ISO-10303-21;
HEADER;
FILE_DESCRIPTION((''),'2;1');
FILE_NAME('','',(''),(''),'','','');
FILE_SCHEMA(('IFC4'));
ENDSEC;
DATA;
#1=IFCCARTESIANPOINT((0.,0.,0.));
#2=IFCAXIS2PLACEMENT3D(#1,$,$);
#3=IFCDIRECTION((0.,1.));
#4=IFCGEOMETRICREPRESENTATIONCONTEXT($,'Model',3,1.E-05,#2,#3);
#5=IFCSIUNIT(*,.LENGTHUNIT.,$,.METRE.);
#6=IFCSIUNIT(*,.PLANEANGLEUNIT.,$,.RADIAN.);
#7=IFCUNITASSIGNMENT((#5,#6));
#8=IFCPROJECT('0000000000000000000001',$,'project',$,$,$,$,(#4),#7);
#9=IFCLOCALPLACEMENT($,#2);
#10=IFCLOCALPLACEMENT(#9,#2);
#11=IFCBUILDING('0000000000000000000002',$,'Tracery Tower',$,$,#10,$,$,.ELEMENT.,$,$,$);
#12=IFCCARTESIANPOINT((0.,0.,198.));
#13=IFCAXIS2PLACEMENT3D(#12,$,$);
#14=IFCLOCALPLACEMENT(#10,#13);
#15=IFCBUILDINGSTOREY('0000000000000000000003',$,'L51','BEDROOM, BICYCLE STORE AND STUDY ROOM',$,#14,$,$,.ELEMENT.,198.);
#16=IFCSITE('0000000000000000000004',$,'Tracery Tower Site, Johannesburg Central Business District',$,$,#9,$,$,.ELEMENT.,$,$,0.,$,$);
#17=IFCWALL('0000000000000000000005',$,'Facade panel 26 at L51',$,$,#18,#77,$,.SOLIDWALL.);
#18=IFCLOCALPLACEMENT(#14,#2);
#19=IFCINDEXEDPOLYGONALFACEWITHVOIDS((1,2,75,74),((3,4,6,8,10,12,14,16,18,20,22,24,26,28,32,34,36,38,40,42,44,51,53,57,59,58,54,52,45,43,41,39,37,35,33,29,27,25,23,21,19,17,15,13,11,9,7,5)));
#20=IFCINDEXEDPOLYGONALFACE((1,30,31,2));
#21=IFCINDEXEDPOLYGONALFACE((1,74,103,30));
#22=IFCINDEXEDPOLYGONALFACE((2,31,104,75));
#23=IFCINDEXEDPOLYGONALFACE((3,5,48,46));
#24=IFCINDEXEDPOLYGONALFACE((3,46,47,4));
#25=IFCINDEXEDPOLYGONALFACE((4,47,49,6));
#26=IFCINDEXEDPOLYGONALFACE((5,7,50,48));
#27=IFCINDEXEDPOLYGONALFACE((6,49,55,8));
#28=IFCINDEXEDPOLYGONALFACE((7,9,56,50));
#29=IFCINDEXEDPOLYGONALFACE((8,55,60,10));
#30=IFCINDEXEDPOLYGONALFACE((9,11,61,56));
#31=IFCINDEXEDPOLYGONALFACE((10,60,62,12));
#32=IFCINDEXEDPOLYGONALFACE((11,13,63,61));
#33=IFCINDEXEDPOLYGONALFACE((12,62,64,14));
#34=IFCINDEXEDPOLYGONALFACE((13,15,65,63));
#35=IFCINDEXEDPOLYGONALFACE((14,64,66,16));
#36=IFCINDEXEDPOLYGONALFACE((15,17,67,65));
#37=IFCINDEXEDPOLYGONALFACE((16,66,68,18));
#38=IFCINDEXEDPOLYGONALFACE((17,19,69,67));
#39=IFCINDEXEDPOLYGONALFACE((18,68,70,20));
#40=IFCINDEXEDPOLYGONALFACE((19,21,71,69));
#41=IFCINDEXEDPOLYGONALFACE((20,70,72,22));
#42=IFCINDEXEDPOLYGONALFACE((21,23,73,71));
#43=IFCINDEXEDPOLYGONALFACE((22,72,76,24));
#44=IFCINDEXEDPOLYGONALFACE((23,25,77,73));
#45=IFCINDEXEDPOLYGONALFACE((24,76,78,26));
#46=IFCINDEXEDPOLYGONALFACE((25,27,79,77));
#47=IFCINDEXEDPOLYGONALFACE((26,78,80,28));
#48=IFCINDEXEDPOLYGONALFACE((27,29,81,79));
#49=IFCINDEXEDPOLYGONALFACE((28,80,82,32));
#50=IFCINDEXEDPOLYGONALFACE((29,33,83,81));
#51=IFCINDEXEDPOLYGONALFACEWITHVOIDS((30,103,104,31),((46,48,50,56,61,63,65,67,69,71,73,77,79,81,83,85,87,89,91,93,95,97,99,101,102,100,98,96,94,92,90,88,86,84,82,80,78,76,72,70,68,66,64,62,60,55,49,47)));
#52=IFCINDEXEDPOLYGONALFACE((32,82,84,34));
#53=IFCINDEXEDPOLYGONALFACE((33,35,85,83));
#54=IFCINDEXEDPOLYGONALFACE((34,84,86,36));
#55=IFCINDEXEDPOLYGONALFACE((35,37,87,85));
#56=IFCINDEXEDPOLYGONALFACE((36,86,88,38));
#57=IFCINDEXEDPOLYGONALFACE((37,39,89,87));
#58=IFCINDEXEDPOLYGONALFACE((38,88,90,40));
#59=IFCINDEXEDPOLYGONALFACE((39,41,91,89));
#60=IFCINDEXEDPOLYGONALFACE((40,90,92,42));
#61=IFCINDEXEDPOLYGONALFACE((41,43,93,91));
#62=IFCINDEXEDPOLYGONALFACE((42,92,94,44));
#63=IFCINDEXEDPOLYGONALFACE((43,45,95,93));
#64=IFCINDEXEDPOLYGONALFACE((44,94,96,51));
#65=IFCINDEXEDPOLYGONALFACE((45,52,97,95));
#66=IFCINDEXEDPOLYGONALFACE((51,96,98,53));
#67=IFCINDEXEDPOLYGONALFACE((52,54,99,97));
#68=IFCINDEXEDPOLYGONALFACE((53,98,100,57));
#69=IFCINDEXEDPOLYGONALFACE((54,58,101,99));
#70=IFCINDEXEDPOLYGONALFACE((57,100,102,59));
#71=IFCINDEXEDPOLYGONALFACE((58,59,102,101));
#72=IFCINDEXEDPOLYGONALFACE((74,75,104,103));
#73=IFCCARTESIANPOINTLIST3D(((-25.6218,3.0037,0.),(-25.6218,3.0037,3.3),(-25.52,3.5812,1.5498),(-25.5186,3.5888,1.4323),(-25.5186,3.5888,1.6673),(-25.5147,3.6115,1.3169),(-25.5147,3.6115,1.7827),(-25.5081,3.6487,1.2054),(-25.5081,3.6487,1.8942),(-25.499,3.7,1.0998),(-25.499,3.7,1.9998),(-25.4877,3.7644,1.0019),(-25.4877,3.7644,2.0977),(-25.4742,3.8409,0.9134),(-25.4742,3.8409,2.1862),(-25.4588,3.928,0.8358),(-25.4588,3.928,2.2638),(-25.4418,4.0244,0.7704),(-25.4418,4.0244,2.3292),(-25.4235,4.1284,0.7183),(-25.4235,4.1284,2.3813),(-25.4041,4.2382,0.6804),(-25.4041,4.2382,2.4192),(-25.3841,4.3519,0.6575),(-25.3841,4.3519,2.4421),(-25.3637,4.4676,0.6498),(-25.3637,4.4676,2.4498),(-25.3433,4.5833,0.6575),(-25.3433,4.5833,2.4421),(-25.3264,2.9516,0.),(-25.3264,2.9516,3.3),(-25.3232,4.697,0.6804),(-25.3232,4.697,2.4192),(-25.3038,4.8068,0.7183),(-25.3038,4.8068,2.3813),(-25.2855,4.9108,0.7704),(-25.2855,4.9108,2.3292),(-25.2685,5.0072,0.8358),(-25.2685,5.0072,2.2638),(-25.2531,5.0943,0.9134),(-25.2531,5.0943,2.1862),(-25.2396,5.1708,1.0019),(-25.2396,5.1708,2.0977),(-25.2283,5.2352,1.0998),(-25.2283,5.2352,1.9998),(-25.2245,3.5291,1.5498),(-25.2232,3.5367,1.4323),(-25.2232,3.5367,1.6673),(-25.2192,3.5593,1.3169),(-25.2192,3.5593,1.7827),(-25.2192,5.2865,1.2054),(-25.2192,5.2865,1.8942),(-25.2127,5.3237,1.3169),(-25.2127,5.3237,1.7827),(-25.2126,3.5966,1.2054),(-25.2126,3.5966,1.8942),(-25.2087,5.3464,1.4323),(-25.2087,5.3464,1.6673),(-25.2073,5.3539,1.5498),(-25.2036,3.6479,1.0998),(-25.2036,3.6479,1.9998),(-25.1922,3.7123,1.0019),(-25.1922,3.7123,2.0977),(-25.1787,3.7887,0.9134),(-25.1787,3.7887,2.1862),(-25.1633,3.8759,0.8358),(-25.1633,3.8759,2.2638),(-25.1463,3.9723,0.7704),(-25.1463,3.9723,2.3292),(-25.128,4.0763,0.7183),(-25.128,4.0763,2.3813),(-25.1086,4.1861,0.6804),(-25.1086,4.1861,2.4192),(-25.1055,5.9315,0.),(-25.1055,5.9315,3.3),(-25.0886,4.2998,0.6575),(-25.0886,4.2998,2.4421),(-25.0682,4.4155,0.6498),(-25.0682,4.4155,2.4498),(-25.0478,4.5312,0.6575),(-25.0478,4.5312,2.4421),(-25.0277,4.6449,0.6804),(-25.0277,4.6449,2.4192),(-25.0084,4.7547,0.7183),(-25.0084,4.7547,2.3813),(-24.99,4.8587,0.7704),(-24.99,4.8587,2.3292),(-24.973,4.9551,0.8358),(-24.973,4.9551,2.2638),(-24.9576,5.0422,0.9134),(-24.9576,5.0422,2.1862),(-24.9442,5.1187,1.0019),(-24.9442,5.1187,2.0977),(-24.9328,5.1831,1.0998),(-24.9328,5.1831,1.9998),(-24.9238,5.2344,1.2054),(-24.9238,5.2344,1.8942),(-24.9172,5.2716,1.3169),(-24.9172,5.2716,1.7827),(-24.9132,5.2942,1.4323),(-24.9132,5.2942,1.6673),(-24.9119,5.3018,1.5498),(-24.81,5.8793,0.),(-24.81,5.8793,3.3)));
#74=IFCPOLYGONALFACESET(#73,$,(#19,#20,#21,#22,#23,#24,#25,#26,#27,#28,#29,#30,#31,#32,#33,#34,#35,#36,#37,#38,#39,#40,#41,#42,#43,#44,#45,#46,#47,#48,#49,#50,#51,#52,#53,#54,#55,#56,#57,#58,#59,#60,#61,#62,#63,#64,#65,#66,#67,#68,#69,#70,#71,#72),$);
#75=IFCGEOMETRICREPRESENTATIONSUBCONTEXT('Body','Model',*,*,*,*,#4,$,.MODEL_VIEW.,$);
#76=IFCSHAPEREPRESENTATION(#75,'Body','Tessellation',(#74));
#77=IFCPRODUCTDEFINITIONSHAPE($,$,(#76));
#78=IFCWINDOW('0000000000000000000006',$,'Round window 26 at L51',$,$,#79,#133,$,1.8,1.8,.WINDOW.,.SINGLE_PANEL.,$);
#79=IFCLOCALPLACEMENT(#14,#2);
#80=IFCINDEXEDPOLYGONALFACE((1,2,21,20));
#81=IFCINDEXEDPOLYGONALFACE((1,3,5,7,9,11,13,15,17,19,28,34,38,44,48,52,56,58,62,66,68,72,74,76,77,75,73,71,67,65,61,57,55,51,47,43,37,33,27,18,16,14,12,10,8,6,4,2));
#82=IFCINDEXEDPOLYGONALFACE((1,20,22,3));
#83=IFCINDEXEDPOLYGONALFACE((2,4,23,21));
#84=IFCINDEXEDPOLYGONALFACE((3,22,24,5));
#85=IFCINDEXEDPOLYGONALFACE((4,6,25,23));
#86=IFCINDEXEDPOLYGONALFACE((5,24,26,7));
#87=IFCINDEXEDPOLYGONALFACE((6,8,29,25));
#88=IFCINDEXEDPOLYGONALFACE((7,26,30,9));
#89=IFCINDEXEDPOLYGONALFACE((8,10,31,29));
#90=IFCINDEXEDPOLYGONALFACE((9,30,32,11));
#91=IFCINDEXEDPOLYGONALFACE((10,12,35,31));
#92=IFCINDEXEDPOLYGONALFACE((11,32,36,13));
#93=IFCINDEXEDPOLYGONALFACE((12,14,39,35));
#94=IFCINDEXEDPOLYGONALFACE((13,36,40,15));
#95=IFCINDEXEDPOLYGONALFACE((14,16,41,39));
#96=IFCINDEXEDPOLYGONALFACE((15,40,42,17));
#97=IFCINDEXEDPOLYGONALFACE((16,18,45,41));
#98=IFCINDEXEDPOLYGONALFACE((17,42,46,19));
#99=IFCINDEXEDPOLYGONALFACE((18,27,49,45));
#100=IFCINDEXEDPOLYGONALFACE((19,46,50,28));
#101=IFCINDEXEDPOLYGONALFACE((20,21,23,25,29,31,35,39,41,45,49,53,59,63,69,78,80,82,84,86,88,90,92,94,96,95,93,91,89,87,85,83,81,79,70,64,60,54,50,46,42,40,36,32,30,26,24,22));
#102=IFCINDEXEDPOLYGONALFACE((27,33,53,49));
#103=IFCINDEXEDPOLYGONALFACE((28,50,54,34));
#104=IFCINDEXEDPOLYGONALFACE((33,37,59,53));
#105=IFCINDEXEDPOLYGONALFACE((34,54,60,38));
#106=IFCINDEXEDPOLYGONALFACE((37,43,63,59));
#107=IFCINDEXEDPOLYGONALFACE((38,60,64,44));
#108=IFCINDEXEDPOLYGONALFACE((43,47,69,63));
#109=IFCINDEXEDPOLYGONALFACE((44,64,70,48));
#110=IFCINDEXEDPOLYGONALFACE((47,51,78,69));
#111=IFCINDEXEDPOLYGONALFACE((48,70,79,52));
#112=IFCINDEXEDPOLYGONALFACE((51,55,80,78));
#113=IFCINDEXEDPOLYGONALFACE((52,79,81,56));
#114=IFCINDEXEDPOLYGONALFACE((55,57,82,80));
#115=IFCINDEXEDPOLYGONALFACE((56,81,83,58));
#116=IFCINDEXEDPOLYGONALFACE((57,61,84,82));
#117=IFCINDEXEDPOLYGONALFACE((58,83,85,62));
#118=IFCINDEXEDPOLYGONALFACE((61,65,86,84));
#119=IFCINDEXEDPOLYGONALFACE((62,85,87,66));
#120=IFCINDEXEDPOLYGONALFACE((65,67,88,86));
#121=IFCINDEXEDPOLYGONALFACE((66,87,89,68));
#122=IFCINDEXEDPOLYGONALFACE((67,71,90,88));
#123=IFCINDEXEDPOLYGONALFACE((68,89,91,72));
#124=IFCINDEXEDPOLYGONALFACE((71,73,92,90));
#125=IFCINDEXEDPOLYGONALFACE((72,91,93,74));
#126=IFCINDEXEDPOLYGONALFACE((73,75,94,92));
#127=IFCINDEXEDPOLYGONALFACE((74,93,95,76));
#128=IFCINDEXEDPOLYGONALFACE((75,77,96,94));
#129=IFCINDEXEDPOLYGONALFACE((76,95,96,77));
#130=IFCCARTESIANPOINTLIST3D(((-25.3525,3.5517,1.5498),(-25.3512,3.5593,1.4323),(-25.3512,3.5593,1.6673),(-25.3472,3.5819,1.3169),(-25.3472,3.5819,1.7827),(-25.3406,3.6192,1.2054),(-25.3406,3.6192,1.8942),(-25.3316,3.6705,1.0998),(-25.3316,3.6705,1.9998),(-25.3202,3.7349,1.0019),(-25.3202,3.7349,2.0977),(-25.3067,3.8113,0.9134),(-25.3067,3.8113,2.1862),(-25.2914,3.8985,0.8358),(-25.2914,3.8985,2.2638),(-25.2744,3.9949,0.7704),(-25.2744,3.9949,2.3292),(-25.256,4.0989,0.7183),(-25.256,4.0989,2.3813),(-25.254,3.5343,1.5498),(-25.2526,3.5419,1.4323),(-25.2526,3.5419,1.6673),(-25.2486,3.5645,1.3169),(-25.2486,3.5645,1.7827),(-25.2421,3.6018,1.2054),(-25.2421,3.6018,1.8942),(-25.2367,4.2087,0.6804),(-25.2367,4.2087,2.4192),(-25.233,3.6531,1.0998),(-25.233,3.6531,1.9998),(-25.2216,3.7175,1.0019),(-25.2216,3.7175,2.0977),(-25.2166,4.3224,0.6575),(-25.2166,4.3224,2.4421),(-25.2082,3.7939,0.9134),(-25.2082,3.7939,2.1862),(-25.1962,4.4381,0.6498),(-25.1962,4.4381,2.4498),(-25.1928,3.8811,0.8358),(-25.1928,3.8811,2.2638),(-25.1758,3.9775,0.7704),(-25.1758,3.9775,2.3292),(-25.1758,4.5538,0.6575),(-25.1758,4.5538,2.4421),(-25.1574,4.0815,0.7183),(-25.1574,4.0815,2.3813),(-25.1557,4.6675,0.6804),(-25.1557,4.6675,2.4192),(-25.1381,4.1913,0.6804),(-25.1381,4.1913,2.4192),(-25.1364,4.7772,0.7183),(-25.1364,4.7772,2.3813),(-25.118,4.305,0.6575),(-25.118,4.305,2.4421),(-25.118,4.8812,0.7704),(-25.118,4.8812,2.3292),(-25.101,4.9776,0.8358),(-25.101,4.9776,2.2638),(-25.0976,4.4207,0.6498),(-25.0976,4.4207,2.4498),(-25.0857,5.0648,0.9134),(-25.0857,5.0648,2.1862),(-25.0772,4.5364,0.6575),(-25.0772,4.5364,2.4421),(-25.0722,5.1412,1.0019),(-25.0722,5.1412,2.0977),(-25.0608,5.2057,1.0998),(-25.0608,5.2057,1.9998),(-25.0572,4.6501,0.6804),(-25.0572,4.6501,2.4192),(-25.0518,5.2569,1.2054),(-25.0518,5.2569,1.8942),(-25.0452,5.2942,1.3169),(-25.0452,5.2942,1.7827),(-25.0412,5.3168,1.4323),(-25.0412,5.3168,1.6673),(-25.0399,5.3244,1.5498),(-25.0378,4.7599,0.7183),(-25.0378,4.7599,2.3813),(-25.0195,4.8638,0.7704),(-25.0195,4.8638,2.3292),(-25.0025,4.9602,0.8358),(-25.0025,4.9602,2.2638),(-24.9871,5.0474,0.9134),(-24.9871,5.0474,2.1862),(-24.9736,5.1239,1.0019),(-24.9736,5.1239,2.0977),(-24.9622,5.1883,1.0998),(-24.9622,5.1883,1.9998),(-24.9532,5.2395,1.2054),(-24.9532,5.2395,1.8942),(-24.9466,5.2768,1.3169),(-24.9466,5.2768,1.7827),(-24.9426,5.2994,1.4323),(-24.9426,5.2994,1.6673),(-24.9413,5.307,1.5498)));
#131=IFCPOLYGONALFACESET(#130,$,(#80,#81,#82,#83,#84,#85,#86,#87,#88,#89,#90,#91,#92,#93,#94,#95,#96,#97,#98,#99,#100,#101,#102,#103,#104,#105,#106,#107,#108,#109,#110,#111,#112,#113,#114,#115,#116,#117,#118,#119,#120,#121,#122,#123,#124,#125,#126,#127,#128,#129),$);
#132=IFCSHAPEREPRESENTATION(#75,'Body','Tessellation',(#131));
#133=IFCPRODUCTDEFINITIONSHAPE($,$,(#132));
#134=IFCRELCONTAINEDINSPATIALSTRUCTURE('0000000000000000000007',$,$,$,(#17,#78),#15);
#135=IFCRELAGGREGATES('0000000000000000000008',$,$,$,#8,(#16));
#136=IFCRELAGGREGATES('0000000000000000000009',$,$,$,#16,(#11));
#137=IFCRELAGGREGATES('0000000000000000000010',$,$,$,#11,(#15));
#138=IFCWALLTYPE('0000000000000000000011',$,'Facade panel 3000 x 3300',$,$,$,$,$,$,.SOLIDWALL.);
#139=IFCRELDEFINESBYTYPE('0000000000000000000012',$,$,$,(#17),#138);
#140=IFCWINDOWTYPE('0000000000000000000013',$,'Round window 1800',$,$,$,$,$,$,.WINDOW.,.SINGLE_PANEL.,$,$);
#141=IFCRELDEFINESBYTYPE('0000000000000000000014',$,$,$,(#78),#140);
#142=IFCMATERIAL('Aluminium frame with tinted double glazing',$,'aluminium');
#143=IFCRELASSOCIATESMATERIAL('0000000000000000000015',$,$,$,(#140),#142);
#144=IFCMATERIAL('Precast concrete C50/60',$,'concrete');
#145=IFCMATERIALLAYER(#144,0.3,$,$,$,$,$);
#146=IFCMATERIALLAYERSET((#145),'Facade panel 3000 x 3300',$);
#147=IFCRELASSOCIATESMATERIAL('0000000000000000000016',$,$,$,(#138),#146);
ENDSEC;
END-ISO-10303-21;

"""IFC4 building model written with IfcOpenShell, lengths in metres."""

from ifc_helpers import new_model, si_unit, direction, frame, frame_2d, origin, origin_2d, place, context, subcontext, project, spatial, rectangle, circle, extrude, material, layer, layer_set, type_object, element, fill, save


model = new_model("IFC4")

# Units and contexts
model_context = context("Model", 3, precision=1e-05, world=origin(), true_north=direction((0.0, 1.0)))
body_context = subcontext(model_context, "Body", "Model", "MODEL_VIEW")
ifc_project = project(units=[si_unit("LENGTHUNIT", "METRE"), si_unit("PLANEANGLEUNIT", "RADIAN")], contexts=[model_context])

# Site, building, storey
site_placement = place(None, origin())
site = spatial("IfcSite", under=ifc_project, at=site_placement, Name="Tracery Tower Site, Johannesburg Central Business District", CompositionType="ELEMENT", RefElevation=0.0)
building_placement = place(site_placement, origin())
building = spatial("IfcBuilding", under=site, at=building_placement, Name="Tracery Tower", CompositionType="ELEMENT")
storey_placement = place(building_placement, frame((0.0, 0.0, 198.0)))
storey = spatial("IfcBuildingStorey", under=building, at=storey_placement, Name="L51", Description="BEDROOM, BICYCLE STORE AND STUDY ROOM", CompositionType="ELEMENT", Elevation=198.0)

# Wall, opening, window
ifc_material_1 = material(Name="Aluminium frame with tinted double glazing", Category="aluminium")
window_type = type_object("IfcWindowType", Name="Round window 1800", PartitioningType="SINGLE_PANEL", PredefinedType="WINDOW", material=ifc_material_1)
ifc_material_2 = material(Name="Precast concrete C50/60", Category="concrete")
ifc_layer_1 = layer(ifc_material_2, 0.3)
ifc_layer_set_1 = layer_set([ifc_layer_1], Name="Facade panel 3000 x 3300")
wall_type_1 = type_object("IfcWallType", Name="Facade panel 3000 x 3300", PredefinedType="SOLIDWALL", material=ifc_layer_set_1)
wall_1_placement = place(storey_placement, frame((-24.9578, 5.9053, 0.0), z_axis=(0.0, 0.0, 1.0), x_axis=(-0.173687, -0.984801, 0.0)))
wall_1 = element("IfcWall", 1, at=wall_1_placement, inside=storey, type_object=wall_type_1, Name="Facade panel 26 at L51", PredefinedType="SOLIDWALL", context=body_context, shape_type="SweptSolid", body=[
    extrude(rectangle(XDim=2.9729, YDim=0.3, at=frame_2d((1.4863, 0.0))), origin(), (0.0, 0.0, 1.0), 3.3),
])
opening_1_placement = place(wall_1_placement, frame((1.4863, 0.0, 1.5498)))
opening_1 = element("IfcOpeningElement", 2, at=opening_1_placement, cuts=wall_1, PredefinedType="OPENING", context=body_context, shape_type="SweptSolid", body=[
    extrude(circle(Radius=0.9, at=origin_2d()), frame((0.0, 0.1599, 0.0), z_axis=(0.0, -1.0, 0.0), x_axis=(1.0, 0.0, 0.0)), (0.0, 0.0, 1.0), 0.3201),
])
window_1_placement = place(opening_1_placement, origin())
window_1 = element("IfcWindow", 3, at=window_1_placement, inside=storey, type_object=window_type, Name="Round window 26 at L51", OverallHeight=1.8, OverallWidth=1.8, PartitioningType="SINGLE_PANEL", PredefinedType="WINDOW", context=body_context, shape_type="SweptSolid", body=[
    extrude(circle(Radius=0.9, at=origin_2d()), frame((0.0, 0.1201, 0.0), z_axis=(0.0, -1.0, 0.0), x_axis=(1.0, 0.0, 0.0)), (0.0, 0.0, 1.0), 0.1001),
])
fill(opening_1, window_1)

save(model, "model.ifc")
